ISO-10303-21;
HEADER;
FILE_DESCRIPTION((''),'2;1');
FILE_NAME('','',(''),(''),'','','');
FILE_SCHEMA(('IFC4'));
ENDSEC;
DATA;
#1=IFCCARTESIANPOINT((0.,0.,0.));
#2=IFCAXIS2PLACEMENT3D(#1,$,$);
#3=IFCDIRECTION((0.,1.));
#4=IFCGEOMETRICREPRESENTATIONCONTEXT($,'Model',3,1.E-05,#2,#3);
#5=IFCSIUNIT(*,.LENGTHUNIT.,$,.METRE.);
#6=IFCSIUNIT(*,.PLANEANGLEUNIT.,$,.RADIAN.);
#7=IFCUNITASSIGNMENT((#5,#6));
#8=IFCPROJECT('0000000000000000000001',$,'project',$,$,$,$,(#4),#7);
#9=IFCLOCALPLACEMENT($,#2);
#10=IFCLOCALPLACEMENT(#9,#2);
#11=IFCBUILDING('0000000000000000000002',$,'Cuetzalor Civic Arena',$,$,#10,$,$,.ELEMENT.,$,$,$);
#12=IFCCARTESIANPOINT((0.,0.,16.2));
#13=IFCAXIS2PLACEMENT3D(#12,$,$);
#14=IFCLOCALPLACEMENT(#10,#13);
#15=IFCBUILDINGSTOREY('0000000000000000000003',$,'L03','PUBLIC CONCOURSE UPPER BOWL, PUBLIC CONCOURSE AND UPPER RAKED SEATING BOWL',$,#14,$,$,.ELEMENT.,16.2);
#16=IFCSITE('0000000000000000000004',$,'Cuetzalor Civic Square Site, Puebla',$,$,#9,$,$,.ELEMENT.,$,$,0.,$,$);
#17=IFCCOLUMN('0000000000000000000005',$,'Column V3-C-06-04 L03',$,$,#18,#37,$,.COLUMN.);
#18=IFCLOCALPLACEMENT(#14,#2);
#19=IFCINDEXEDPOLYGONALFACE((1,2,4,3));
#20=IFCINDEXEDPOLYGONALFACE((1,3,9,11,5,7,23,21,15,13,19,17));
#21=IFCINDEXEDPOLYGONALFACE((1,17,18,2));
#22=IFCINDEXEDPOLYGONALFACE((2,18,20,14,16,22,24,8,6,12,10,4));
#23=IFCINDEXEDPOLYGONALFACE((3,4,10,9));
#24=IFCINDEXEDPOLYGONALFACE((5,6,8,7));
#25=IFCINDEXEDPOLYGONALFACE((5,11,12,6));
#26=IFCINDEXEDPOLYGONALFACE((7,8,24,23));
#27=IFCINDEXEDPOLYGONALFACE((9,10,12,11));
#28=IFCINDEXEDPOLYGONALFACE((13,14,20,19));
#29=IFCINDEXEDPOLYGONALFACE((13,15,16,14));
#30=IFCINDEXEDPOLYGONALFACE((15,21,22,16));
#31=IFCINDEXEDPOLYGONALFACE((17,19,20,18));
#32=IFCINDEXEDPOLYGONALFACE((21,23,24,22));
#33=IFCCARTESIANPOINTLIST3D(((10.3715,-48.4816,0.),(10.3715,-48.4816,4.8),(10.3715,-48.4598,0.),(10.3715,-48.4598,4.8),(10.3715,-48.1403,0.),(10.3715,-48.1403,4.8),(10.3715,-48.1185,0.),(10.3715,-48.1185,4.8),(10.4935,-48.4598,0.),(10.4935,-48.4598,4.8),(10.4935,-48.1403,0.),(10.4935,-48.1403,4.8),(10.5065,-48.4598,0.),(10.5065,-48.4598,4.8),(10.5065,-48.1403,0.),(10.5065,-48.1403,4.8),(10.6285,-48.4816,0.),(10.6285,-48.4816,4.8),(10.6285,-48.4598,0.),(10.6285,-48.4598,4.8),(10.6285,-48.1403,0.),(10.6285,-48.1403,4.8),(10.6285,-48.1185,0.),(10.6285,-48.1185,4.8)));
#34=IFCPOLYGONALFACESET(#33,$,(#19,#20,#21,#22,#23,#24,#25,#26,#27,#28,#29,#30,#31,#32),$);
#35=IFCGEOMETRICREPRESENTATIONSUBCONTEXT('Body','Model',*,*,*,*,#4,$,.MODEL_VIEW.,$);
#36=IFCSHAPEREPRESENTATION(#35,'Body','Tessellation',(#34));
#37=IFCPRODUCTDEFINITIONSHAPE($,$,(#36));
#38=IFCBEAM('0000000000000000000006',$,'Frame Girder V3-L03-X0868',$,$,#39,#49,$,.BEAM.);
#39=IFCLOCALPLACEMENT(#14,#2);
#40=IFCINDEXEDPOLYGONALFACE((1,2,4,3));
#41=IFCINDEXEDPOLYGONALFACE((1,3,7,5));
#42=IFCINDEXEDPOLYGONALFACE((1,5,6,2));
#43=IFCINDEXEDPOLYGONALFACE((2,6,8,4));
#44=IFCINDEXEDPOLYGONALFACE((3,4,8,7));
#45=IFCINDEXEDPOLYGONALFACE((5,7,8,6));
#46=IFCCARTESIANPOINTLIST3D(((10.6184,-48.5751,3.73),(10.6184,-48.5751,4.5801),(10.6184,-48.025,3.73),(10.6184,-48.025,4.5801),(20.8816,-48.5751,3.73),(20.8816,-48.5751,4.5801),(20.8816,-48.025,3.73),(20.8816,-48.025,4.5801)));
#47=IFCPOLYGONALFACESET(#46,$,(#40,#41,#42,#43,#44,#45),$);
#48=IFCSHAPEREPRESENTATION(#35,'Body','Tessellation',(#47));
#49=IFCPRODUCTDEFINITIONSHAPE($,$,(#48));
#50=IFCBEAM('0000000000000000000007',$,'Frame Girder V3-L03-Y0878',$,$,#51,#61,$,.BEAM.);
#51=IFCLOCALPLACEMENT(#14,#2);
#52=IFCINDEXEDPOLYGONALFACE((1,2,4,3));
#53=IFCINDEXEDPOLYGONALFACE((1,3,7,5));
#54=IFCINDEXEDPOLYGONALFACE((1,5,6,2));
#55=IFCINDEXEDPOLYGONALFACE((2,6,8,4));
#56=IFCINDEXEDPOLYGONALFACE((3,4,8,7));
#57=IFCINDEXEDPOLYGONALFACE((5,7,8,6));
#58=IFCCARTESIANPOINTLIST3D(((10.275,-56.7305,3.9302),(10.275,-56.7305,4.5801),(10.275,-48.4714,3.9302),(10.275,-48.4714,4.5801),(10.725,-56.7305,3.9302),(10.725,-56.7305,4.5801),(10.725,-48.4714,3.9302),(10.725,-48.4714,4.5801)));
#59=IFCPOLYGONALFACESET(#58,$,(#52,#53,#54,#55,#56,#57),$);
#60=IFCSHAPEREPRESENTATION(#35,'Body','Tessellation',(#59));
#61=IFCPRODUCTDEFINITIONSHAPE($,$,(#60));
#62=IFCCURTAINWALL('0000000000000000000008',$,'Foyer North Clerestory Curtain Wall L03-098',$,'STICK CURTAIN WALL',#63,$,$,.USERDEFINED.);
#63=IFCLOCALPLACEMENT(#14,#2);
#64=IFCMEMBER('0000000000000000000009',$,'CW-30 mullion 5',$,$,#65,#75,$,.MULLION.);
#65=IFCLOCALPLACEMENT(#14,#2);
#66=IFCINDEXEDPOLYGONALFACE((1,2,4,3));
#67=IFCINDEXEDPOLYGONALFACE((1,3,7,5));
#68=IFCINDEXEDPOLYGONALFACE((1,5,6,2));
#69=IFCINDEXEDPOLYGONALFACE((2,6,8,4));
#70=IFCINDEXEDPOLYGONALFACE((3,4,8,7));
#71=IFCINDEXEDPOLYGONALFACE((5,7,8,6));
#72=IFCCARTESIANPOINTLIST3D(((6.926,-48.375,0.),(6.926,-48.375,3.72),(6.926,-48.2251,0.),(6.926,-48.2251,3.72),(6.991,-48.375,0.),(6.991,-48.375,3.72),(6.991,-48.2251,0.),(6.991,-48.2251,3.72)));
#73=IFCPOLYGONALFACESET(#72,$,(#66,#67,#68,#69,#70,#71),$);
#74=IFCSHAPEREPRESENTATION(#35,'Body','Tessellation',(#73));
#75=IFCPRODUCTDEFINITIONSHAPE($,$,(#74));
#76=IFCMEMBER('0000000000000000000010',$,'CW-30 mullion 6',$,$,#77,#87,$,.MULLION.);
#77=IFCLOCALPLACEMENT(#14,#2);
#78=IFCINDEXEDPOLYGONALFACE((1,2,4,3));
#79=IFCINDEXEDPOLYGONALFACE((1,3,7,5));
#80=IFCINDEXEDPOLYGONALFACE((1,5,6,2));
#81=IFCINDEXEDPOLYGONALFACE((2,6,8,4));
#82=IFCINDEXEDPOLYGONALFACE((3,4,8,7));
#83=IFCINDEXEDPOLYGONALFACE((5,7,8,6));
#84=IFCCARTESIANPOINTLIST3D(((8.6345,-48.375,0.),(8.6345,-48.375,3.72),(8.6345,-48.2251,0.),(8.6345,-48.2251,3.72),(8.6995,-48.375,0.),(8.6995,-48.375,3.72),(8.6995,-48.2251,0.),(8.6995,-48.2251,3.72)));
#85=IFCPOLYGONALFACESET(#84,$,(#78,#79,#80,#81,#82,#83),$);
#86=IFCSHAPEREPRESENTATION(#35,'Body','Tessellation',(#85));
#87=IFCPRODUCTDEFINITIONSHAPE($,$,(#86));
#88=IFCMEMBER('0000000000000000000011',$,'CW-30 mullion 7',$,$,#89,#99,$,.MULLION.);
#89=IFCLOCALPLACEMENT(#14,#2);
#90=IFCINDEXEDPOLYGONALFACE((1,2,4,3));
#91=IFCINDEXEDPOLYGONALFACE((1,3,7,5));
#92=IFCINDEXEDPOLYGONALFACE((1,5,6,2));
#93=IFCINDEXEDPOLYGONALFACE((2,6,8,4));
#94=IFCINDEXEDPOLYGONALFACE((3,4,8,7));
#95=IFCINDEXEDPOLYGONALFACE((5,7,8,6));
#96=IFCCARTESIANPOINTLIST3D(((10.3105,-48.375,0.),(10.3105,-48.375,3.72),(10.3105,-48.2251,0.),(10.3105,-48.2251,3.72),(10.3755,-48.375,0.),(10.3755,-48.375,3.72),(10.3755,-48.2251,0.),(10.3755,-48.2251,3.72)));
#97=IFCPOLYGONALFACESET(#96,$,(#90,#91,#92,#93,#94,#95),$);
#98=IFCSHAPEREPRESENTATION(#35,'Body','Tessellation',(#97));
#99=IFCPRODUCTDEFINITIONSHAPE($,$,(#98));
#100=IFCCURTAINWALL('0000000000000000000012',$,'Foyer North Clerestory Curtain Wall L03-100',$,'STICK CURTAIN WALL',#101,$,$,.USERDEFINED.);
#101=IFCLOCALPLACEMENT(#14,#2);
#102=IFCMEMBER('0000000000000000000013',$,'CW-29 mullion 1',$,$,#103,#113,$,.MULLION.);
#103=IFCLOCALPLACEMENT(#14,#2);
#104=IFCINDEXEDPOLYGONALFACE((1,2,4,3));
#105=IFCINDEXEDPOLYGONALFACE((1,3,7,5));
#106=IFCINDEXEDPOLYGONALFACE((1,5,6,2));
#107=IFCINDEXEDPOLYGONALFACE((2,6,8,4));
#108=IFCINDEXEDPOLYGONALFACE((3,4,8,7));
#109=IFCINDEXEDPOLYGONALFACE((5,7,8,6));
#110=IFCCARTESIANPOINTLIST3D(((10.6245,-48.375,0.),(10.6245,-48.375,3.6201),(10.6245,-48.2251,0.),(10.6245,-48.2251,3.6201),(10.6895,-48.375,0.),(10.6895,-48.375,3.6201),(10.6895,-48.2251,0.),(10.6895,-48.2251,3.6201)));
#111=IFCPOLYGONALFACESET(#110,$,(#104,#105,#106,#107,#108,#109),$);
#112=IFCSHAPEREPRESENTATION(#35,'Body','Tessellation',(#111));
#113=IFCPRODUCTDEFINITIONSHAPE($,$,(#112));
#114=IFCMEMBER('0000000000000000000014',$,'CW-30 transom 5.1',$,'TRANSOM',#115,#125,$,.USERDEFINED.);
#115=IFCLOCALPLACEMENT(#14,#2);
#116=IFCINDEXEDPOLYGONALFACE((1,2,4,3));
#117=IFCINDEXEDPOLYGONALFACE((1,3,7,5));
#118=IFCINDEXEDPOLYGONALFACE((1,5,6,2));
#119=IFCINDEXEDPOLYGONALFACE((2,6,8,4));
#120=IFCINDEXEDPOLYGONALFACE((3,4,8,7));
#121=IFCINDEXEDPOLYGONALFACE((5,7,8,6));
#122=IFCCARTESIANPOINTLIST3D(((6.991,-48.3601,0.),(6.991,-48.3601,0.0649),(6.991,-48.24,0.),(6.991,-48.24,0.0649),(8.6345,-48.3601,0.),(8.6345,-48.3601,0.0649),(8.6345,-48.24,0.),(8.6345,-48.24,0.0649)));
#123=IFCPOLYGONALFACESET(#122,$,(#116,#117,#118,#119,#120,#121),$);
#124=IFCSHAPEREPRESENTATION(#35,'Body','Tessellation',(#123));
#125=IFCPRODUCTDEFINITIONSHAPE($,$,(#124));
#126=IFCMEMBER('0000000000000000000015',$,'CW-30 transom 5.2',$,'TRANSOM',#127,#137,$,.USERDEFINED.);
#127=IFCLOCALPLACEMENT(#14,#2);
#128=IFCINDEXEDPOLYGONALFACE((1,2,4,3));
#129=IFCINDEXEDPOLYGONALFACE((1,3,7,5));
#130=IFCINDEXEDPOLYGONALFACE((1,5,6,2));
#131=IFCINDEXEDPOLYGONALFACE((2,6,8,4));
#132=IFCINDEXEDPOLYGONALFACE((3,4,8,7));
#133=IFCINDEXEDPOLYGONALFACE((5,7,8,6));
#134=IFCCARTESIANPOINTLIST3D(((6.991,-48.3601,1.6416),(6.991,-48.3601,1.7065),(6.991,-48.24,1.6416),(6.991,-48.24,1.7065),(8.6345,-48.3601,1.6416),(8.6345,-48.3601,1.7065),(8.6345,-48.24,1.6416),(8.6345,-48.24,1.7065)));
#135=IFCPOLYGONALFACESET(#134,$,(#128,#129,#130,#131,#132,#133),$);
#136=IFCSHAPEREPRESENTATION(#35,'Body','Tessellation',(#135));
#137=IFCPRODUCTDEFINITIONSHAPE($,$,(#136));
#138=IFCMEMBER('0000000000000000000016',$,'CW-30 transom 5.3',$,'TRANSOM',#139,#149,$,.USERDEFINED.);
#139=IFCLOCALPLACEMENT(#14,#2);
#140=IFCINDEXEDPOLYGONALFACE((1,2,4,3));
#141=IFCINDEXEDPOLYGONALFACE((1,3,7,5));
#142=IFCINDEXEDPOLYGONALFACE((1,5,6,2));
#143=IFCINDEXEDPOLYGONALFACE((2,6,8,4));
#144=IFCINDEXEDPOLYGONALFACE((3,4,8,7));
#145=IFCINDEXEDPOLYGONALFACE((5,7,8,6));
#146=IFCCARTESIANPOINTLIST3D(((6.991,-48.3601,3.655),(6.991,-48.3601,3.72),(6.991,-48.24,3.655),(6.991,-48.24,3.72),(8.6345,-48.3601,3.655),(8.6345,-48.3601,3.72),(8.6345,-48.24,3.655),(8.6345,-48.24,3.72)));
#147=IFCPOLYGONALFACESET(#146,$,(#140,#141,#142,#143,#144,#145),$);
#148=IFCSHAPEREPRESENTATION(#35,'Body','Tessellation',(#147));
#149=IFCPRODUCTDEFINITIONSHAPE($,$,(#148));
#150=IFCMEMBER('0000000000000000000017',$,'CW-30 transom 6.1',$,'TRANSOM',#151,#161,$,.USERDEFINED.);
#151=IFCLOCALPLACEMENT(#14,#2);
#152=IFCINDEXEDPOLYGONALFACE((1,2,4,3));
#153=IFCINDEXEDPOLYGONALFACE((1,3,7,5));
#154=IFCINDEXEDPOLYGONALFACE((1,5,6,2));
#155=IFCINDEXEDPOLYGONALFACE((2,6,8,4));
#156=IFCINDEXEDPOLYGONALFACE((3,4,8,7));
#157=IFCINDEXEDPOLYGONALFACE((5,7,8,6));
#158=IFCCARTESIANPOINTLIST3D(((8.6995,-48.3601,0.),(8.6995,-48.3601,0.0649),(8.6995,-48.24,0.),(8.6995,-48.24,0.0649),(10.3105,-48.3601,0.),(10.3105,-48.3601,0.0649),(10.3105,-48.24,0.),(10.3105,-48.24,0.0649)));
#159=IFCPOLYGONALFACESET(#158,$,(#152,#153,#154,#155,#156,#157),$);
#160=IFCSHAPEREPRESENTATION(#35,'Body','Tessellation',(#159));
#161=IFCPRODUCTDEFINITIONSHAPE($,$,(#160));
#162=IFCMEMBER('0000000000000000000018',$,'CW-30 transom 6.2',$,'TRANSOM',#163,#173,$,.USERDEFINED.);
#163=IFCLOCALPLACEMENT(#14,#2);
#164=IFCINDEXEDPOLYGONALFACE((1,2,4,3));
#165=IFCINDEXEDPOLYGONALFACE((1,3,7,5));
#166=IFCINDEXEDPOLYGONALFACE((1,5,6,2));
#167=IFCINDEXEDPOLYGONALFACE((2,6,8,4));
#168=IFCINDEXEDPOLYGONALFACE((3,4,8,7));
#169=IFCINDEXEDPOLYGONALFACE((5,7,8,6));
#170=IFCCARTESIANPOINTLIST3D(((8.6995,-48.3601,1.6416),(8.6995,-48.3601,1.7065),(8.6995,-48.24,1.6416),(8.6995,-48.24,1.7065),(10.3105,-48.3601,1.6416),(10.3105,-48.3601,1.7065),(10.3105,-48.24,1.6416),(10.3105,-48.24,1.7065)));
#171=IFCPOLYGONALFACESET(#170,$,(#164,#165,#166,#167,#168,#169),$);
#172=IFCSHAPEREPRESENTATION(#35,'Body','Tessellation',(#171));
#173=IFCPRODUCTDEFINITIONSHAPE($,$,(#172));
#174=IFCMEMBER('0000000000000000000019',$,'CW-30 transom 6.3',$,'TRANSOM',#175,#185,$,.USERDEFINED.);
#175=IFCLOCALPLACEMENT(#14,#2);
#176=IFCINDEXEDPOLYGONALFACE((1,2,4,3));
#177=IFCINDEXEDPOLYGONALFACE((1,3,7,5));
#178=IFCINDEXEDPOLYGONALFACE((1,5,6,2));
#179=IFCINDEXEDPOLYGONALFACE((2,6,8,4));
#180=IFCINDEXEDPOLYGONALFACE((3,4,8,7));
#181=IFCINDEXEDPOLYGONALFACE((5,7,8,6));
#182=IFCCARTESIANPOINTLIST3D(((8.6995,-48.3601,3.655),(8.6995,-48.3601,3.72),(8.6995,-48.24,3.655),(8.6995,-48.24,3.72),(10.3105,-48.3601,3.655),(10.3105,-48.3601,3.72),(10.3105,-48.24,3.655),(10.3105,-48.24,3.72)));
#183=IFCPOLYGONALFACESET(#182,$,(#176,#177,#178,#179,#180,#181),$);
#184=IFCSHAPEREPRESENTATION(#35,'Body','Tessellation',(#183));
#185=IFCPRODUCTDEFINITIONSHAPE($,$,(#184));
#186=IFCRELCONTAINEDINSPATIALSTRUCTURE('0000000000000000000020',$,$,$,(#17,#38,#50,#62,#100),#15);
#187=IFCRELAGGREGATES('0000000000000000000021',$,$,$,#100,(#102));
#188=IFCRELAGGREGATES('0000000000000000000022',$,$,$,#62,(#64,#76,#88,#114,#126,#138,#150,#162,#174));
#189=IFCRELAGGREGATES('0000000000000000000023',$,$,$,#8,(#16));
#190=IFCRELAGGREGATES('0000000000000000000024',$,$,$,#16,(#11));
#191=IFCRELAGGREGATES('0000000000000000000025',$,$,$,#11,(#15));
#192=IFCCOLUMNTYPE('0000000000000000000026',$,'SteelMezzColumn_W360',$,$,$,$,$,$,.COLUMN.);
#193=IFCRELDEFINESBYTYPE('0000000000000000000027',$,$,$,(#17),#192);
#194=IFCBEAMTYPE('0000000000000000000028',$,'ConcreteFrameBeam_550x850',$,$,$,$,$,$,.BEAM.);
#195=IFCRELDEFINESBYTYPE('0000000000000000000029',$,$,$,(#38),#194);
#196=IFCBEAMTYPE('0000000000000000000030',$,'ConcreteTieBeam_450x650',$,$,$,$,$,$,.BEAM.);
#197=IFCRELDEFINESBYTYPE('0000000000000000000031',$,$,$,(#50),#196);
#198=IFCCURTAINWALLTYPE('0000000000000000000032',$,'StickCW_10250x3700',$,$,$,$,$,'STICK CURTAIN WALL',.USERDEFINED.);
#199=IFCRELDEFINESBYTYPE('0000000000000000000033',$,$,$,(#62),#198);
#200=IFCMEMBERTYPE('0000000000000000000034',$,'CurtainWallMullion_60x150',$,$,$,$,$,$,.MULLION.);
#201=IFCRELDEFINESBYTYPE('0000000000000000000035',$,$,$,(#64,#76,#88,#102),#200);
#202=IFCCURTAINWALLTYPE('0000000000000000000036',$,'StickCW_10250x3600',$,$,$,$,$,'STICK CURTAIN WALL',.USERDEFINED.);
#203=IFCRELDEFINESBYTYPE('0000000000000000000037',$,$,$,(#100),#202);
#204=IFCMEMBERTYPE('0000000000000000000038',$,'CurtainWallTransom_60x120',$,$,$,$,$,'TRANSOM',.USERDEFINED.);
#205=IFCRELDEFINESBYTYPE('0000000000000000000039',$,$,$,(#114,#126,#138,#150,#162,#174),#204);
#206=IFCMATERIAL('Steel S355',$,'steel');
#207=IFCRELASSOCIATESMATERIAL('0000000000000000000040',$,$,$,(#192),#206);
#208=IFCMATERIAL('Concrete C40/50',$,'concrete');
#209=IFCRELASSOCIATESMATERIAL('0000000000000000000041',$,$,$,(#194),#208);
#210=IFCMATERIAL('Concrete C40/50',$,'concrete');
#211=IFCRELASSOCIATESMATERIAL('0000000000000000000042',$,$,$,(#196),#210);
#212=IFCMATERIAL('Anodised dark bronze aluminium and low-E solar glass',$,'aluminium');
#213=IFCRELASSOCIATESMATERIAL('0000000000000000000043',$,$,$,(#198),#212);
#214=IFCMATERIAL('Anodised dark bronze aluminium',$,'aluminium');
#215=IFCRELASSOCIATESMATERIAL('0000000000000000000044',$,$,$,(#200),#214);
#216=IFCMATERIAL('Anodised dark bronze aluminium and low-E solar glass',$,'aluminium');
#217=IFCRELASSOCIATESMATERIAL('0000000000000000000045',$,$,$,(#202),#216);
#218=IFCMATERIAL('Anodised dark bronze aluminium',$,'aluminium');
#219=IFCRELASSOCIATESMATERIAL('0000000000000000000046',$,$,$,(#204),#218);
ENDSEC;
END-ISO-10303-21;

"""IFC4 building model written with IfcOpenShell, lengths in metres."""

from ifc_helpers import new_model, si_unit, direction, frame, origin, origin_2d, place, context, subcontext, project, spatial, rectangle, i_section, extrude, material, material_profile, profile_set, type_object, element, aggregate, save


model = new_model("IFC4")

# Units and contexts
model_context = context("Model", 3, precision=1e-05, world=origin(), true_north=direction((0.0, 1.0)))
body_context = subcontext(model_context, "Body", "Model", "MODEL_VIEW")
ifc_project = project(units=[si_unit("LENGTHUNIT", "METRE"), si_unit("PLANEANGLEUNIT", "RADIAN")], contexts=[model_context])

# Site, building, storey
site_placement = place(None, origin())
site = spatial("IfcSite", under=ifc_project, at=site_placement, Name="Cuetzalor Civic Square Site, Puebla", CompositionType="ELEMENT", RefElevation=0.0)
building_placement = place(site_placement, origin())
building = spatial("IfcBuilding", under=site, at=building_placement, Name="Cuetzalor Civic Arena", CompositionType="ELEMENT")
storey_placement = place(building_placement, frame((0.0, 0.0, 16.2)))
storey = spatial("IfcBuildingStorey", under=building, at=storey_placement, Name="L03", Description="PUBLIC CONCOURSE UPPER BOWL, PUBLIC CONCOURSE AND UPPER RAKED SEATING BOWL", CompositionType="ELEMENT", Elevation=16.2)

# Column
ifc_material_1 = material(Name="Steel S355", Category="steel")
ifc_material_profile_1 = material_profile(ifc_material_1, i_section(OverallWidth=0.2571, OverallDepth=0.363, WebThickness=0.0129, FlangeThickness=0.0217, at=origin_2d()), Name="W360x122")
ifc_profile_set_1 = profile_set([ifc_material_profile_1], Name="Steel S355")
column_type = type_object("IfcColumnType", Name="SteelMezzColumn_W360", PredefinedType="COLUMN", material=ifc_profile_set_1)
column_placement = place(storey_placement, frame((10.5, -48.3, 0.0), z_axis=(0.0, 0.0, 1.0), x_axis=(1.0, 0.0, 0.0)))
element("IfcColumn", 1, at=column_placement, inside=storey, type_object=column_type, Name="Column V3-C-06-04 L03", PredefinedType="COLUMN", context=body_context, shape_type="SweptSolid", body=[
    extrude(i_section(OverallWidth=0.2571, OverallDepth=0.363, WebThickness=0.0129, FlangeThickness=0.0217, at=origin_2d()), origin(), (0.0, 0.0, 1.0), 4.8),
])

# Beams
ifc_material_2 = material(Name="Concrete C40/50", Category="concrete")
ifc_material_profile_2 = material_profile(ifc_material_2, rectangle(XDim=0.55, YDim=0.8501, at=origin_2d()), Name="RC 550x850")
ifc_profile_set_2 = profile_set([ifc_material_profile_2], Name="Concrete C40/50")
beam_type_1 = type_object("IfcBeamType", Name="ConcreteFrameBeam_550x850", PredefinedType="BEAM", material=ifc_profile_set_2)
beam_1_placement = place(storey_placement, frame((10.6184, -48.3, 4.155), z_axis=(1.0, 0.0, 0.0), x_axis=(0.0, 1.0, 0.0)))
element("IfcBeam", 2, at=beam_1_placement, inside=storey, type_object=beam_type_1, Name="Frame Girder V3-L03-X0868", PredefinedType="BEAM", context=body_context, shape_type="SweptSolid", body=[
    extrude(rectangle(XDim=0.55, YDim=0.8501, at=origin_2d()), origin(), (0.0, 0.0, 1.0), 10.2632),
])
ifc_material_3 = material(Name="Concrete C40/50", Category="concrete")
ifc_material_profile_3 = material_profile(ifc_material_3, rectangle(XDim=0.45, YDim=0.6499, at=origin_2d()), Name="RC 450x650")
ifc_profile_set_3 = profile_set([ifc_material_profile_3], Name="Concrete C40/50")
beam_type_2 = type_object("IfcBeamType", Name="ConcreteTieBeam_450x650", PredefinedType="BEAM", material=ifc_profile_set_3)
beam_2_placement = place(storey_placement, frame((10.5, -56.7305, 4.2551), z_axis=(0.0, 1.0, 0.0), x_axis=(-1.0, 0.0, 0.0)))
element("IfcBeam", 3, at=beam_2_placement, inside=storey, type_object=beam_type_2, Name="Frame Girder V3-L03-Y0878", PredefinedType="BEAM", context=body_context, shape_type="SweptSolid", body=[
    extrude(rectangle(XDim=0.45, YDim=0.6499, at=origin_2d()), origin(), (0.0, 0.0, 1.0), 8.259),
])

# Curtain wall, members
ifc_material_4 = material(Name="Anodised dark bronze aluminium and low-E solar glass", Category="aluminium")
curtain_wall_type_1 = type_object("IfcCurtainWallType", Name="StickCW_10250x3700", ElementType="STICK CURTAIN WALL", PredefinedType="USERDEFINED", material=ifc_material_4)
curtain_wall_1_placement = place(storey_placement, origin())
curtain_wall_1 = element("IfcCurtainWall", 4, at=curtain_wall_1_placement, inside=storey, type_object=curtain_wall_type_1, Name="Foyer North Clerestory Curtain Wall L03-098", ObjectType="STICK CURTAIN WALL", PredefinedType="USERDEFINED")
ifc_material_5 = material(Name="Anodised dark bronze aluminium", Category="aluminium")
ifc_material_profile_4 = material_profile(ifc_material_5, rectangle(XDim=0.0649, YDim=0.1499, at=origin_2d()), Name="ALU MULLION 65x150")
ifc_profile_set_4 = profile_set([ifc_material_profile_4], Name="Anodised dark bronze aluminium")
member_type_1 = type_object("IfcMemberType", Name="CurtainWallMullion_60x150", PredefinedType="MULLION", material=ifc_profile_set_4)
member_1_placement = place(storey_placement, frame((6.9585, -48.3, 0.0), z_axis=(0.0, 0.0, 1.0), x_axis=(1.0, 0.0, 0.0)))
member_1 = element("IfcMember", 5, at=member_1_placement, type_object=member_type_1, Name="CW-30 mullion 5", PredefinedType="MULLION", context=body_context, shape_type="SweptSolid", body=[
    extrude(rectangle(XDim=0.0649, YDim=0.1499, at=origin_2d()), origin(), (0.0, 0.0, 1.0), 3.72),
])
member_2_placement = place(storey_placement, frame((8.667, -48.3, 0.0), z_axis=(0.0, 0.0, 1.0), x_axis=(1.0, 0.0, 0.0)))
member_2 = element("IfcMember", 6, at=member_2_placement, type_object=member_type_1, Name="CW-30 mullion 6", PredefinedType="MULLION", context=body_context, shape_type="SweptSolid", body=[
    extrude(rectangle(XDim=0.0649, YDim=0.1499, at=origin_2d()), origin(), (0.0, 0.0, 1.0), 3.72),
])
member_3_placement = place(storey_placement, frame((10.343, -48.3, 0.0), z_axis=(0.0, 0.0, 1.0), x_axis=(1.0, 0.0, 0.0)))
member_3 = element("IfcMember", 7, at=member_3_placement, type_object=member_type_1, Name="CW-30 mullion 7", PredefinedType="MULLION", context=body_context, shape_type="SweptSolid", body=[
    extrude(rectangle(XDim=0.0649, YDim=0.1499, at=origin_2d()), origin(), (0.0, 0.0, 1.0), 3.72),
])

# Curtain wall, member
ifc_material_6 = material(Name="Anodised dark bronze aluminium and low-E solar glass", Category="aluminium")
curtain_wall_type_2 = type_object("IfcCurtainWallType", Name="StickCW_10250x3600", ElementType="STICK CURTAIN WALL", PredefinedType="USERDEFINED", material=ifc_material_6)
curtain_wall_2_placement = place(storey_placement, origin())
curtain_wall_2 = element("IfcCurtainWall", 8, at=curtain_wall_2_placement, inside=storey, type_object=curtain_wall_type_2, Name="Foyer North Clerestory Curtain Wall L03-100", ObjectType="STICK CURTAIN WALL", PredefinedType="USERDEFINED")
member_4_placement = place(storey_placement, frame((10.657, -48.3, 0.0), z_axis=(0.0, 0.0, 1.0), x_axis=(1.0, 0.0, 0.0)))
member_4 = element("IfcMember", 9, at=member_4_placement, type_object=member_type_1, Name="CW-29 mullion 1", PredefinedType="MULLION", context=body_context, shape_type="SweptSolid", body=[
    extrude(rectangle(XDim=0.0649, YDim=0.1499, at=origin_2d()), origin(), (0.0, 0.0, 1.0), 3.6201),
])

# Members
ifc_material_7 = material(Name="Anodised dark bronze aluminium", Category="aluminium")
ifc_material_profile_5 = material_profile(ifc_material_7, rectangle(XDim=0.1201, YDim=0.0649, at=origin_2d()), Name="ALU TRANSOM 65x120")
ifc_profile_set_5 = profile_set([ifc_material_profile_5], Name="Anodised dark bronze aluminium")
member_type_2 = type_object("IfcMemberType", Name="CurtainWallTransom_60x120", ElementType="TRANSOM", PredefinedType="USERDEFINED", material=ifc_profile_set_5)
member_5_placement = place(storey_placement, frame((6.991, -48.3, 0.0325), z_axis=(1.0, 0.0, 0.0), x_axis=(0.0, 1.0, 0.0)))
member_5 = element("IfcMember", 10, at=member_5_placement, type_object=member_type_2, Name="CW-30 transom 5.1", ObjectType="TRANSOM", PredefinedType="USERDEFINED", context=body_context, shape_type="SweptSolid", body=[
    extrude(rectangle(XDim=0.1201, YDim=0.0649, at=origin_2d()), origin(), (0.0, 0.0, 1.0), 1.6436),
])
member_6_placement = place(storey_placement, frame((6.991, -48.3, 1.6741), z_axis=(1.0, 0.0, 0.0), x_axis=(0.0, 1.0, 0.0)))
member_6 = element("IfcMember", 11, at=member_6_placement, type_object=member_type_2, Name="CW-30 transom 5.2", ObjectType="TRANSOM", PredefinedType="USERDEFINED", context=body_context, shape_type="SweptSolid", body=[
    extrude(rectangle(XDim=0.1201, YDim=0.0649, at=origin_2d()), origin(), (0.0, 0.0, 1.0), 1.6436),
])
member_7_placement = place(storey_placement, frame((6.991, -48.3, 3.6875), z_axis=(1.0, 0.0, 0.0), x_axis=(0.0, 1.0, 0.0)))
member_7 = element("IfcMember", 12, at=member_7_placement, type_object=member_type_2, Name="CW-30 transom 5.3", ObjectType="TRANSOM", PredefinedType="USERDEFINED", context=body_context, shape_type="SweptSolid", body=[
    extrude(rectangle(XDim=0.1201, YDim=0.0649, at=origin_2d()), origin(), (0.0, 0.0, 1.0), 1.6436),
])
member_8_placement = place(storey_placement, frame((8.6995, -48.3, 0.0325), z_axis=(1.0, 0.0, 0.0), x_axis=(0.0, 1.0, 0.0)))
member_8 = element("IfcMember", 13, at=member_8_placement, type_object=member_type_2, Name="CW-30 transom 6.1", ObjectType="TRANSOM", PredefinedType="USERDEFINED", context=body_context, shape_type="SweptSolid", body=[
    extrude(rectangle(XDim=0.1201, YDim=0.0649, at=origin_2d()), origin(), (0.0, 0.0, 1.0), 1.6111),
])
member_9_placement = place(storey_placement, frame((8.6995, -48.3, 1.6741), z_axis=(1.0, 0.0, 0.0), x_axis=(0.0, 1.0, 0.0)))
member_9 = element("IfcMember", 14, at=member_9_placement, type_object=member_type_2, Name="CW-30 transom 6.2", ObjectType="TRANSOM", PredefinedType="USERDEFINED", context=body_context, shape_type="SweptSolid", body=[
    extrude(rectangle(XDim=0.1201, YDim=0.0649, at=origin_2d()), origin(), (0.0, 0.0, 1.0), 1.6111),
])
member_10_placement = place(storey_placement, frame((8.6995, -48.3, 3.6875), z_axis=(1.0, 0.0, 0.0), x_axis=(0.0, 1.0, 0.0)))
member_10 = element("IfcMember", 15, at=member_10_placement, type_object=member_type_2, Name="CW-30 transom 6.3", ObjectType="TRANSOM", PredefinedType="USERDEFINED", context=body_context, shape_type="SweptSolid", body=[
    extrude(rectangle(XDim=0.1201, YDim=0.0649, at=origin_2d()), origin(), (0.0, 0.0, 1.0), 1.6111),
])
aggregate(curtain_wall_2, [member_4])

aggregate(curtain_wall_1, [member_1, member_2, member_3, member_5, member_6, member_7, member_8, member_9, member_10])

save(model, "model.ifc")
